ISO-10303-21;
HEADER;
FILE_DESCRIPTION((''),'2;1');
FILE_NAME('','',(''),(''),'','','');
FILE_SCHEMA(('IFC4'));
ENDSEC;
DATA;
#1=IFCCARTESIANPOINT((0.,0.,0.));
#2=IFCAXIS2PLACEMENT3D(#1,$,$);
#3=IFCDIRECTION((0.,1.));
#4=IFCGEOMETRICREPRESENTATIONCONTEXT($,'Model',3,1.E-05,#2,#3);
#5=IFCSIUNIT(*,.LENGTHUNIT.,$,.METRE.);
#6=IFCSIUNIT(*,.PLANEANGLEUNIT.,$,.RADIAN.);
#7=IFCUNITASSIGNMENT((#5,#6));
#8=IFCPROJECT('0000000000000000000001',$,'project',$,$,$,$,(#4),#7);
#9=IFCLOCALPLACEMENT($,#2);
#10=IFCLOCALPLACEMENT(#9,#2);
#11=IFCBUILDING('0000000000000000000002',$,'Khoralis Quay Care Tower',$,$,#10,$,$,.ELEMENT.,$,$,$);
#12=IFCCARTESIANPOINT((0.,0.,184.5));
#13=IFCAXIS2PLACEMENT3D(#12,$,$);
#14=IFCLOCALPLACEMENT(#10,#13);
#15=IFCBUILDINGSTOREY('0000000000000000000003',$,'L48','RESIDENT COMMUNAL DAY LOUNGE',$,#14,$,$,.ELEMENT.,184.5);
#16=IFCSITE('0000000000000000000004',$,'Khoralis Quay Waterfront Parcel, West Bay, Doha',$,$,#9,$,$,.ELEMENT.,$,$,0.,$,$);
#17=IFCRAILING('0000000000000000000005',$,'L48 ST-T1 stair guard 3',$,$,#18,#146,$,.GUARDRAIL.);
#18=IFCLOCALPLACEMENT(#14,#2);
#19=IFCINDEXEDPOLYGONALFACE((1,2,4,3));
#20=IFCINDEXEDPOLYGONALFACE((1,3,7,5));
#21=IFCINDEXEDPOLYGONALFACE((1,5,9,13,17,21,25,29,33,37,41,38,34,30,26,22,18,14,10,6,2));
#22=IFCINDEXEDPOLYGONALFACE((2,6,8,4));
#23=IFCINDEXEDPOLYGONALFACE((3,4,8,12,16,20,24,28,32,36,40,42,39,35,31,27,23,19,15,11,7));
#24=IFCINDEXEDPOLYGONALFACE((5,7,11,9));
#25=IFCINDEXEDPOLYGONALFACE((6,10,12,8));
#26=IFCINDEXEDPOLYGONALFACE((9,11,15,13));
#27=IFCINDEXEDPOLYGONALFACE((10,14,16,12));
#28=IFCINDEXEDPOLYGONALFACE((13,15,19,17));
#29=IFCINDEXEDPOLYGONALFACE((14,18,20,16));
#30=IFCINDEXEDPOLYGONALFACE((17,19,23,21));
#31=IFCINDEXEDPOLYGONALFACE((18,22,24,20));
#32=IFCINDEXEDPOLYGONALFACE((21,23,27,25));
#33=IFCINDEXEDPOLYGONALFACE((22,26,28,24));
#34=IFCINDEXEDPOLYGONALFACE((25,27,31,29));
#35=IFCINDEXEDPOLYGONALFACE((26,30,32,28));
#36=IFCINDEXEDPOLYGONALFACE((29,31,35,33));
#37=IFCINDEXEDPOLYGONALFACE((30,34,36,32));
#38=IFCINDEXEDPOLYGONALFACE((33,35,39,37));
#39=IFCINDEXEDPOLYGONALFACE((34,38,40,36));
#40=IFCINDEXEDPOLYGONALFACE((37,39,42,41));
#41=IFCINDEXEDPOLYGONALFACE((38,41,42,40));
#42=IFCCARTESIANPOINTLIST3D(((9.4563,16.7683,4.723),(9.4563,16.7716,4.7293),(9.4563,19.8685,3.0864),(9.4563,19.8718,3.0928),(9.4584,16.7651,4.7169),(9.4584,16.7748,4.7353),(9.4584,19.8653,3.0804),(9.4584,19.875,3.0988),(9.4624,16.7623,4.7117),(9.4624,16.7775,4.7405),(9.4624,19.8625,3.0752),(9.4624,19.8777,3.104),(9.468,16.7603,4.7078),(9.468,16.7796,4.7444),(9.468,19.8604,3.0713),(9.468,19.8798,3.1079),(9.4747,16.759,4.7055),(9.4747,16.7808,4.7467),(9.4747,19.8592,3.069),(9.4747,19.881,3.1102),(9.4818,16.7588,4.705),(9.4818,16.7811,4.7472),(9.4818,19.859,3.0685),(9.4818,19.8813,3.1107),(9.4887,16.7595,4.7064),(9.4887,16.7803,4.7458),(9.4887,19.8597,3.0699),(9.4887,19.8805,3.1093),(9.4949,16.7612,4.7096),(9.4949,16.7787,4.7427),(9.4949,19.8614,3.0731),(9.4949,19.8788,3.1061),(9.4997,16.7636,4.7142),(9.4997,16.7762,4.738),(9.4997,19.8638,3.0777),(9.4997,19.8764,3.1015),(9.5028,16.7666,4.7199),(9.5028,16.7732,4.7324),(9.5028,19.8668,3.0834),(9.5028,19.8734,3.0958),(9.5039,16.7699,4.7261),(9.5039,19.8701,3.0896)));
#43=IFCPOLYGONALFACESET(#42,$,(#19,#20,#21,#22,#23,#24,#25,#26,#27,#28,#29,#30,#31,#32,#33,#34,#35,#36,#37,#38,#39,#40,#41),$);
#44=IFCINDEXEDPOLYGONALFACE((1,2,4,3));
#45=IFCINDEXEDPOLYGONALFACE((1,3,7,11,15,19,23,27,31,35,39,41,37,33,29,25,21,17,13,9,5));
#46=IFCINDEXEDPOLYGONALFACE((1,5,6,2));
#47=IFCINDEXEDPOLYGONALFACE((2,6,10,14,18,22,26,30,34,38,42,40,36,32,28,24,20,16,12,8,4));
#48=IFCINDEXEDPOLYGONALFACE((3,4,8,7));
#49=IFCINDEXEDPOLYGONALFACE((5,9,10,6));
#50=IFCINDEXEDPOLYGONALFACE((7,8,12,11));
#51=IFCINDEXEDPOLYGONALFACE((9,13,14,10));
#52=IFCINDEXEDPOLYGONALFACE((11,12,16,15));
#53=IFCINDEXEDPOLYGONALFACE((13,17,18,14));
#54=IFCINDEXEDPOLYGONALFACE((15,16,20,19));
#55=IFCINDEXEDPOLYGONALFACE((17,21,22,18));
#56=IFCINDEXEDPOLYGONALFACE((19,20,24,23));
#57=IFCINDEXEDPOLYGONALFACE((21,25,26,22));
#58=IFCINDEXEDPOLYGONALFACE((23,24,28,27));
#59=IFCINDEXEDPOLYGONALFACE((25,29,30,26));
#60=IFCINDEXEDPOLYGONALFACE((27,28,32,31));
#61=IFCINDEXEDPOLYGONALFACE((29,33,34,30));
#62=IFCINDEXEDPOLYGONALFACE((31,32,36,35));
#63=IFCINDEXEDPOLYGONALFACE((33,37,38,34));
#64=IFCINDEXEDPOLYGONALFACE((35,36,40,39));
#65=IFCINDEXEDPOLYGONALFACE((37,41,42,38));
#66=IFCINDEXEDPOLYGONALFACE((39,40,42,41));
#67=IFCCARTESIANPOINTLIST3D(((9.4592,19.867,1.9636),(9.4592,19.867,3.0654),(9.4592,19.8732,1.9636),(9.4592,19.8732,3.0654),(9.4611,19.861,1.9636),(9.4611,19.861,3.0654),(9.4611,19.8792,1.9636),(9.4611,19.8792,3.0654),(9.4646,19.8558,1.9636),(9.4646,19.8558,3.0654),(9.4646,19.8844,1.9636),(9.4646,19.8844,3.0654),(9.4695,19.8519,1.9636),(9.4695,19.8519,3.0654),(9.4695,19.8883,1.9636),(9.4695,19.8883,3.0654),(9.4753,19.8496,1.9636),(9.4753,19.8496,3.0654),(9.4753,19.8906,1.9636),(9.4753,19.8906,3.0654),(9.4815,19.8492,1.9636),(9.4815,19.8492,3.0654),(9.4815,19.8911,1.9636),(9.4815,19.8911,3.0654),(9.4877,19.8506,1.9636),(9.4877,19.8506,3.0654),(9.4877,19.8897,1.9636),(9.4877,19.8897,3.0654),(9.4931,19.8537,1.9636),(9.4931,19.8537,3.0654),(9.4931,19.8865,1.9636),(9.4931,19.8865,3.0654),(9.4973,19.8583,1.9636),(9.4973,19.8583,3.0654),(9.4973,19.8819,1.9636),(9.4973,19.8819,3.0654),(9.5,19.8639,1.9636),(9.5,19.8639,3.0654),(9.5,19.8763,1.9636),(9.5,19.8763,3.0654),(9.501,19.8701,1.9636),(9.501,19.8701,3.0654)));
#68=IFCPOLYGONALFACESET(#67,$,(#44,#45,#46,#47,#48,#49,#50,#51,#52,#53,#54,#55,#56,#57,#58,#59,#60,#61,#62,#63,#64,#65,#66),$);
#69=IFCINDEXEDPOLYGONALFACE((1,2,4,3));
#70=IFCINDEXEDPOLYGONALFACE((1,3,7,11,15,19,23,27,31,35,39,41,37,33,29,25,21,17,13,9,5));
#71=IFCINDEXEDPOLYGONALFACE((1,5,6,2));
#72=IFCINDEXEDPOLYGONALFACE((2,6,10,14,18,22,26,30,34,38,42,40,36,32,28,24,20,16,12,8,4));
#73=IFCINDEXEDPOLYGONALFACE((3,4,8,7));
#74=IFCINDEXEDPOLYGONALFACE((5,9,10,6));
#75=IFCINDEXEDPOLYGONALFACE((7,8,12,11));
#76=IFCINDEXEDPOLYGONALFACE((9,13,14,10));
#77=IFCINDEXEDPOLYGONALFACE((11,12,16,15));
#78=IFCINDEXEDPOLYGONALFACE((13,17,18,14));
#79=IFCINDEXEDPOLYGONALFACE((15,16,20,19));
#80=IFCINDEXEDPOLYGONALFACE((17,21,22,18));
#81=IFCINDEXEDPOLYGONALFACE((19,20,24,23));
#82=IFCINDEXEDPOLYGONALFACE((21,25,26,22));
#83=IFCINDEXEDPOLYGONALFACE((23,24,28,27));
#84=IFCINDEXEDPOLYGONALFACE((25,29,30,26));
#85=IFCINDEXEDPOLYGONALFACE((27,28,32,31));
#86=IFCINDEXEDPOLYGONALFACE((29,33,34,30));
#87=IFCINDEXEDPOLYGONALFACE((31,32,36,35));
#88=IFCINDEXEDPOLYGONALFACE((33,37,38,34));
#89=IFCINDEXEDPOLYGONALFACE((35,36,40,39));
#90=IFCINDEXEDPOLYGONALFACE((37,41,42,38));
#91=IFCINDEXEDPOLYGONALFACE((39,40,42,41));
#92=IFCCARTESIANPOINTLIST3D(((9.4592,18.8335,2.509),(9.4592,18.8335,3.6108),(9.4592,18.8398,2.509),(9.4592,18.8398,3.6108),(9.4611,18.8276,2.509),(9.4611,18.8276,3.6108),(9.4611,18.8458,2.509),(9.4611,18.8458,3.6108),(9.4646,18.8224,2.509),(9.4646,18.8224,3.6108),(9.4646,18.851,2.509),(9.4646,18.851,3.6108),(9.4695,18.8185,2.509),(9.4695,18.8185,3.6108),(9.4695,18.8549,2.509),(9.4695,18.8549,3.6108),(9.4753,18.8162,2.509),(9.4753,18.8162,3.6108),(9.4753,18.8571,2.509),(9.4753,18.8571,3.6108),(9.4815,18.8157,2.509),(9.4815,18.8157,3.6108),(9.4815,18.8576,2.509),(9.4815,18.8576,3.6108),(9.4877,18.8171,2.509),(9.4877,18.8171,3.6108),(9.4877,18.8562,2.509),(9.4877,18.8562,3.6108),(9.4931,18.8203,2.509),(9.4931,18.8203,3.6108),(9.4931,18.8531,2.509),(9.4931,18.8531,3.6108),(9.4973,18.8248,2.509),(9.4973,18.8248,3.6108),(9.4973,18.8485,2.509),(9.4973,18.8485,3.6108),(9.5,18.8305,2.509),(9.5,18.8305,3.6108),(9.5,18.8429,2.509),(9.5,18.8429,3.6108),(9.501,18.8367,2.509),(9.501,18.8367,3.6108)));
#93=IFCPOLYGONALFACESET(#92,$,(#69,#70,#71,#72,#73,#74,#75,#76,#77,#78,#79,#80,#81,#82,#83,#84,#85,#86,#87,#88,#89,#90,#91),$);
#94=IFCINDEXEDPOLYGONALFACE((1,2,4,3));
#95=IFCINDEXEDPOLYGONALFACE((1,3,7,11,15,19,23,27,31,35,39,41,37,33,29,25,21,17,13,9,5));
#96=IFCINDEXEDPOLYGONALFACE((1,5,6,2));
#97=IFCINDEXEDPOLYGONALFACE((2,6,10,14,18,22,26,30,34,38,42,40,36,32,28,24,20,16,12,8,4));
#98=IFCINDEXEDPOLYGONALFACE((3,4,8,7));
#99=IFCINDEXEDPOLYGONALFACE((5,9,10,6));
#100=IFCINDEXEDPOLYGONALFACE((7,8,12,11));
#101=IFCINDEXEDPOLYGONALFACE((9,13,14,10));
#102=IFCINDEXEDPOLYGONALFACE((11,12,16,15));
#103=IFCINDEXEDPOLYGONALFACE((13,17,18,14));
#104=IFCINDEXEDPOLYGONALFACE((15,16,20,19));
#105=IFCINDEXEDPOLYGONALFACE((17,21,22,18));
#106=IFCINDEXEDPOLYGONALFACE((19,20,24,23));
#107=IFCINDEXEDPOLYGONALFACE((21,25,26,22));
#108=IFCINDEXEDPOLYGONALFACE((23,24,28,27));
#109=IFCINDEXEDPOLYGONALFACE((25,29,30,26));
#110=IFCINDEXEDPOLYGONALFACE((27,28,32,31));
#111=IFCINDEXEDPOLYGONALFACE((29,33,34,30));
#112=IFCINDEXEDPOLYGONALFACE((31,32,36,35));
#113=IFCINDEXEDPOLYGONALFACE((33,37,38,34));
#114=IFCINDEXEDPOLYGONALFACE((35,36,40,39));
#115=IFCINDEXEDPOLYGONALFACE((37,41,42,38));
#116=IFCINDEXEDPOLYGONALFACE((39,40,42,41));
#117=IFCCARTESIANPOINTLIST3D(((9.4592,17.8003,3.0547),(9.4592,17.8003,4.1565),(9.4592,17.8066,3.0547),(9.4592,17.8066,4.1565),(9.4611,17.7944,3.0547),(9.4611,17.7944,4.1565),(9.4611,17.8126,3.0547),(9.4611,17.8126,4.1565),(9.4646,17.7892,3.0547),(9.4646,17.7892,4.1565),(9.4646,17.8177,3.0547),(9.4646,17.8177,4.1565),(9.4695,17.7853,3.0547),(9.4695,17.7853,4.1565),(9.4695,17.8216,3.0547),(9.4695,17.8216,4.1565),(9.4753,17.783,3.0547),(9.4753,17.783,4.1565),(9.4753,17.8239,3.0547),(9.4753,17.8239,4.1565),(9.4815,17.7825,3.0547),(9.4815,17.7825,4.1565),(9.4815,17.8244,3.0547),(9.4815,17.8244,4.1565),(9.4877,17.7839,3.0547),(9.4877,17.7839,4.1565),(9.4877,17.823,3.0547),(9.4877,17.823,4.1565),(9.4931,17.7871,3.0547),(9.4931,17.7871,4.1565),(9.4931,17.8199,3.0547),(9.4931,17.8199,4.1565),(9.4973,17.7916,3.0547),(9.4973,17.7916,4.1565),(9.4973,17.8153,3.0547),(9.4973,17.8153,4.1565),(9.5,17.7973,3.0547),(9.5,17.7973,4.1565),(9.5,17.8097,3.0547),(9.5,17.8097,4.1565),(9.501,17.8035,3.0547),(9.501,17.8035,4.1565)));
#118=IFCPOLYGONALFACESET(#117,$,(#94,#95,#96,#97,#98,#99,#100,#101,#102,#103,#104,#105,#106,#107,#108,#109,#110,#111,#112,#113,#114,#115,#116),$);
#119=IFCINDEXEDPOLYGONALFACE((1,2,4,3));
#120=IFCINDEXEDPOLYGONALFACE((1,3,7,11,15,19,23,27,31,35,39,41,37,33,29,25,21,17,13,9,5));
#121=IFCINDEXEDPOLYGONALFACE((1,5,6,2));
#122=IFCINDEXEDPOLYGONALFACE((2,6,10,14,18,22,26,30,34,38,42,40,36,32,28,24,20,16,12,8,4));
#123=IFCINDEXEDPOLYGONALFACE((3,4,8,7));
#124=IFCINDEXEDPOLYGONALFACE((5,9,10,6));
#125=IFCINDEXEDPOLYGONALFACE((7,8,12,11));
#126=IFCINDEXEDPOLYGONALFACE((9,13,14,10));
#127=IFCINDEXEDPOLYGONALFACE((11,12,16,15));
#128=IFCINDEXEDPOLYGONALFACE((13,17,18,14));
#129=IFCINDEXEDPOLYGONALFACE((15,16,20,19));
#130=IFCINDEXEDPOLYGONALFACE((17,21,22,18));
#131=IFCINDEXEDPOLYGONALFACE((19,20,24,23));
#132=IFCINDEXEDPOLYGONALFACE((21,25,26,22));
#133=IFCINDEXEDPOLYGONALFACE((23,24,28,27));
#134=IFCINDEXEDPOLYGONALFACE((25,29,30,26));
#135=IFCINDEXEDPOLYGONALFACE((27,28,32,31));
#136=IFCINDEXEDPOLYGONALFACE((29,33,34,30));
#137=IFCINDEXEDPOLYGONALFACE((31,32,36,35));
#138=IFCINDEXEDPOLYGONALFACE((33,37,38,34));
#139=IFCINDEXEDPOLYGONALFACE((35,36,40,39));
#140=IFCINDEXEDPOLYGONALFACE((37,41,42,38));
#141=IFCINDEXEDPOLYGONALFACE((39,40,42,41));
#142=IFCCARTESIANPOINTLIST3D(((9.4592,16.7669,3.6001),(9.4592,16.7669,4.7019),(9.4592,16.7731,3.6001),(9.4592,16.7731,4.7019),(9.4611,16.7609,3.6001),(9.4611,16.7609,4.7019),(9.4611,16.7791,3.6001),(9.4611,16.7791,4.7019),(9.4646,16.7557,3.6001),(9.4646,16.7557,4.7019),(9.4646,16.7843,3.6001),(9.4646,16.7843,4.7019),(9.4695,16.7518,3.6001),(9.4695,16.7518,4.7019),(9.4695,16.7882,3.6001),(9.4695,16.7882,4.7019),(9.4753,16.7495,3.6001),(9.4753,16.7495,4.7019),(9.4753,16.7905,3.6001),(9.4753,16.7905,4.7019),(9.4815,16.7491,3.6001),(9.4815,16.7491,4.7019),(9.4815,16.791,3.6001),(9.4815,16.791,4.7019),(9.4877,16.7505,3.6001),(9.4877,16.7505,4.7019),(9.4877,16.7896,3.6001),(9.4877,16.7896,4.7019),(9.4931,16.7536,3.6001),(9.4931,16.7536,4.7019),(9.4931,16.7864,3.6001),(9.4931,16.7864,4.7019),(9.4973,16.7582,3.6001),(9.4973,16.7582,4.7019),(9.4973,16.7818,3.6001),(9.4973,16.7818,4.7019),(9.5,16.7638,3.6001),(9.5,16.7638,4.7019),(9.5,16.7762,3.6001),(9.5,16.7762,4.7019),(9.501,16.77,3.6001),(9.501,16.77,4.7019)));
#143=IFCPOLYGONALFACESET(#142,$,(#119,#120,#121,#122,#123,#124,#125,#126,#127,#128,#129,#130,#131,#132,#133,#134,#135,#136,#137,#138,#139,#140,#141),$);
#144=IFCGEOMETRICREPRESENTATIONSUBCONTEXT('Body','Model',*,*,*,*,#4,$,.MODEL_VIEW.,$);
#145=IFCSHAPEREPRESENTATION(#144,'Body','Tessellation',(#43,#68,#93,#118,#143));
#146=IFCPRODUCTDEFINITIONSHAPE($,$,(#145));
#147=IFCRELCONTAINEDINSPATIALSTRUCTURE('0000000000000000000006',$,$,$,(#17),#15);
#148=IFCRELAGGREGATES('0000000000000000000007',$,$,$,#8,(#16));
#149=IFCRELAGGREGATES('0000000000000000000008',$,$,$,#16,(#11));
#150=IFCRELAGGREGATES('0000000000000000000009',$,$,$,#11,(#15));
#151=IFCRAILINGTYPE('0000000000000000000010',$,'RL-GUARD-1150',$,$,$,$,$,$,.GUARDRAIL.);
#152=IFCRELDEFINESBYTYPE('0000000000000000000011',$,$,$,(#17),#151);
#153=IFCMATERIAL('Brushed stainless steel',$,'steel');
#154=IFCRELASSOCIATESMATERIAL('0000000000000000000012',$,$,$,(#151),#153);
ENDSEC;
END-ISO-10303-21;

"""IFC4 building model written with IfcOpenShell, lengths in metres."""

from ifc_helpers import new_model, si_unit, direction, frame, origin, origin_2d, place, context, subcontext, project, spatial, circle, extrude, material, type_object, element, save


model = new_model("IFC4")

# Units and contexts
model_context = context("Model", 3, precision=1e-05, world=origin(), true_north=direction((0.0, 1.0)))
body_context = subcontext(model_context, "Body", "Model", "MODEL_VIEW")
ifc_project = project(units=[si_unit("LENGTHUNIT", "METRE"), si_unit("PLANEANGLEUNIT", "RADIAN")], contexts=[model_context])

# Site, building, storey
site_placement = place(None, origin())
site = spatial("IfcSite", under=ifc_project, at=site_placement, Name="Khoralis Quay Waterfront Parcel, West Bay, Doha", CompositionType="ELEMENT", RefElevation=0.0)
building_placement = place(site_placement, origin())
building = spatial("IfcBuilding", under=site, at=building_placement, Name="Khoralis Quay Care Tower", CompositionType="ELEMENT")
storey_placement = place(building_placement, frame((0.0, 0.0, 184.5)))
storey = spatial("IfcBuildingStorey", under=building, at=storey_placement, Name="L48", Description="RESIDENT COMMUNAL DAY LOUNGE", CompositionType="ELEMENT", Elevation=184.5)

# Railing
ifc_material_1 = material(Name="Brushed stainless steel", Category="steel")
railing_type_1 = type_object("IfcRailingType", Name="RL-GUARD-1150", PredefinedType="GUARDRAIL", material=ifc_material_1)
railing_1_placement = place(storey_placement, frame((9.48, 19.8701, 1.9636)))
element("IfcRailing", 1, at=railing_1_placement, inside=storey, type_object=railing_type_1, Name="L48 ST-T1 stair guard 3", PredefinedType="GUARDRAIL", context=body_context, shape_type="SweptSolid", body=[
    extrude(circle(Radius=0.0239, at=origin_2d()), frame((0.0, 0.0, 1.126), z_axis=(0.0, -0.884348, 0.466828), x_axis=(1.0, 0.0, 0.0)), (0.0, 0.0, 1.0), 3.5056),
    extrude(circle(Radius=0.021, at=origin_2d()), origin(), (0.0, 0.0, 1.0), 1.1018),
    extrude(circle(Radius=0.021, at=origin_2d()), frame((0.0, -1.0334, 0.5454)), (0.0, 0.0, 1.0), 1.1018),
    extrude(circle(Radius=0.021, at=origin_2d()), frame((0.0, -2.0667, 1.0911)), (0.0, 0.0, 1.0), 1.1018),
    extrude(circle(Radius=0.021, at=origin_2d()), frame((0.0, -3.1001, 1.6365)), (0.0, 0.0, 1.0), 1.1018),
])

save(model, "model.ifc")
